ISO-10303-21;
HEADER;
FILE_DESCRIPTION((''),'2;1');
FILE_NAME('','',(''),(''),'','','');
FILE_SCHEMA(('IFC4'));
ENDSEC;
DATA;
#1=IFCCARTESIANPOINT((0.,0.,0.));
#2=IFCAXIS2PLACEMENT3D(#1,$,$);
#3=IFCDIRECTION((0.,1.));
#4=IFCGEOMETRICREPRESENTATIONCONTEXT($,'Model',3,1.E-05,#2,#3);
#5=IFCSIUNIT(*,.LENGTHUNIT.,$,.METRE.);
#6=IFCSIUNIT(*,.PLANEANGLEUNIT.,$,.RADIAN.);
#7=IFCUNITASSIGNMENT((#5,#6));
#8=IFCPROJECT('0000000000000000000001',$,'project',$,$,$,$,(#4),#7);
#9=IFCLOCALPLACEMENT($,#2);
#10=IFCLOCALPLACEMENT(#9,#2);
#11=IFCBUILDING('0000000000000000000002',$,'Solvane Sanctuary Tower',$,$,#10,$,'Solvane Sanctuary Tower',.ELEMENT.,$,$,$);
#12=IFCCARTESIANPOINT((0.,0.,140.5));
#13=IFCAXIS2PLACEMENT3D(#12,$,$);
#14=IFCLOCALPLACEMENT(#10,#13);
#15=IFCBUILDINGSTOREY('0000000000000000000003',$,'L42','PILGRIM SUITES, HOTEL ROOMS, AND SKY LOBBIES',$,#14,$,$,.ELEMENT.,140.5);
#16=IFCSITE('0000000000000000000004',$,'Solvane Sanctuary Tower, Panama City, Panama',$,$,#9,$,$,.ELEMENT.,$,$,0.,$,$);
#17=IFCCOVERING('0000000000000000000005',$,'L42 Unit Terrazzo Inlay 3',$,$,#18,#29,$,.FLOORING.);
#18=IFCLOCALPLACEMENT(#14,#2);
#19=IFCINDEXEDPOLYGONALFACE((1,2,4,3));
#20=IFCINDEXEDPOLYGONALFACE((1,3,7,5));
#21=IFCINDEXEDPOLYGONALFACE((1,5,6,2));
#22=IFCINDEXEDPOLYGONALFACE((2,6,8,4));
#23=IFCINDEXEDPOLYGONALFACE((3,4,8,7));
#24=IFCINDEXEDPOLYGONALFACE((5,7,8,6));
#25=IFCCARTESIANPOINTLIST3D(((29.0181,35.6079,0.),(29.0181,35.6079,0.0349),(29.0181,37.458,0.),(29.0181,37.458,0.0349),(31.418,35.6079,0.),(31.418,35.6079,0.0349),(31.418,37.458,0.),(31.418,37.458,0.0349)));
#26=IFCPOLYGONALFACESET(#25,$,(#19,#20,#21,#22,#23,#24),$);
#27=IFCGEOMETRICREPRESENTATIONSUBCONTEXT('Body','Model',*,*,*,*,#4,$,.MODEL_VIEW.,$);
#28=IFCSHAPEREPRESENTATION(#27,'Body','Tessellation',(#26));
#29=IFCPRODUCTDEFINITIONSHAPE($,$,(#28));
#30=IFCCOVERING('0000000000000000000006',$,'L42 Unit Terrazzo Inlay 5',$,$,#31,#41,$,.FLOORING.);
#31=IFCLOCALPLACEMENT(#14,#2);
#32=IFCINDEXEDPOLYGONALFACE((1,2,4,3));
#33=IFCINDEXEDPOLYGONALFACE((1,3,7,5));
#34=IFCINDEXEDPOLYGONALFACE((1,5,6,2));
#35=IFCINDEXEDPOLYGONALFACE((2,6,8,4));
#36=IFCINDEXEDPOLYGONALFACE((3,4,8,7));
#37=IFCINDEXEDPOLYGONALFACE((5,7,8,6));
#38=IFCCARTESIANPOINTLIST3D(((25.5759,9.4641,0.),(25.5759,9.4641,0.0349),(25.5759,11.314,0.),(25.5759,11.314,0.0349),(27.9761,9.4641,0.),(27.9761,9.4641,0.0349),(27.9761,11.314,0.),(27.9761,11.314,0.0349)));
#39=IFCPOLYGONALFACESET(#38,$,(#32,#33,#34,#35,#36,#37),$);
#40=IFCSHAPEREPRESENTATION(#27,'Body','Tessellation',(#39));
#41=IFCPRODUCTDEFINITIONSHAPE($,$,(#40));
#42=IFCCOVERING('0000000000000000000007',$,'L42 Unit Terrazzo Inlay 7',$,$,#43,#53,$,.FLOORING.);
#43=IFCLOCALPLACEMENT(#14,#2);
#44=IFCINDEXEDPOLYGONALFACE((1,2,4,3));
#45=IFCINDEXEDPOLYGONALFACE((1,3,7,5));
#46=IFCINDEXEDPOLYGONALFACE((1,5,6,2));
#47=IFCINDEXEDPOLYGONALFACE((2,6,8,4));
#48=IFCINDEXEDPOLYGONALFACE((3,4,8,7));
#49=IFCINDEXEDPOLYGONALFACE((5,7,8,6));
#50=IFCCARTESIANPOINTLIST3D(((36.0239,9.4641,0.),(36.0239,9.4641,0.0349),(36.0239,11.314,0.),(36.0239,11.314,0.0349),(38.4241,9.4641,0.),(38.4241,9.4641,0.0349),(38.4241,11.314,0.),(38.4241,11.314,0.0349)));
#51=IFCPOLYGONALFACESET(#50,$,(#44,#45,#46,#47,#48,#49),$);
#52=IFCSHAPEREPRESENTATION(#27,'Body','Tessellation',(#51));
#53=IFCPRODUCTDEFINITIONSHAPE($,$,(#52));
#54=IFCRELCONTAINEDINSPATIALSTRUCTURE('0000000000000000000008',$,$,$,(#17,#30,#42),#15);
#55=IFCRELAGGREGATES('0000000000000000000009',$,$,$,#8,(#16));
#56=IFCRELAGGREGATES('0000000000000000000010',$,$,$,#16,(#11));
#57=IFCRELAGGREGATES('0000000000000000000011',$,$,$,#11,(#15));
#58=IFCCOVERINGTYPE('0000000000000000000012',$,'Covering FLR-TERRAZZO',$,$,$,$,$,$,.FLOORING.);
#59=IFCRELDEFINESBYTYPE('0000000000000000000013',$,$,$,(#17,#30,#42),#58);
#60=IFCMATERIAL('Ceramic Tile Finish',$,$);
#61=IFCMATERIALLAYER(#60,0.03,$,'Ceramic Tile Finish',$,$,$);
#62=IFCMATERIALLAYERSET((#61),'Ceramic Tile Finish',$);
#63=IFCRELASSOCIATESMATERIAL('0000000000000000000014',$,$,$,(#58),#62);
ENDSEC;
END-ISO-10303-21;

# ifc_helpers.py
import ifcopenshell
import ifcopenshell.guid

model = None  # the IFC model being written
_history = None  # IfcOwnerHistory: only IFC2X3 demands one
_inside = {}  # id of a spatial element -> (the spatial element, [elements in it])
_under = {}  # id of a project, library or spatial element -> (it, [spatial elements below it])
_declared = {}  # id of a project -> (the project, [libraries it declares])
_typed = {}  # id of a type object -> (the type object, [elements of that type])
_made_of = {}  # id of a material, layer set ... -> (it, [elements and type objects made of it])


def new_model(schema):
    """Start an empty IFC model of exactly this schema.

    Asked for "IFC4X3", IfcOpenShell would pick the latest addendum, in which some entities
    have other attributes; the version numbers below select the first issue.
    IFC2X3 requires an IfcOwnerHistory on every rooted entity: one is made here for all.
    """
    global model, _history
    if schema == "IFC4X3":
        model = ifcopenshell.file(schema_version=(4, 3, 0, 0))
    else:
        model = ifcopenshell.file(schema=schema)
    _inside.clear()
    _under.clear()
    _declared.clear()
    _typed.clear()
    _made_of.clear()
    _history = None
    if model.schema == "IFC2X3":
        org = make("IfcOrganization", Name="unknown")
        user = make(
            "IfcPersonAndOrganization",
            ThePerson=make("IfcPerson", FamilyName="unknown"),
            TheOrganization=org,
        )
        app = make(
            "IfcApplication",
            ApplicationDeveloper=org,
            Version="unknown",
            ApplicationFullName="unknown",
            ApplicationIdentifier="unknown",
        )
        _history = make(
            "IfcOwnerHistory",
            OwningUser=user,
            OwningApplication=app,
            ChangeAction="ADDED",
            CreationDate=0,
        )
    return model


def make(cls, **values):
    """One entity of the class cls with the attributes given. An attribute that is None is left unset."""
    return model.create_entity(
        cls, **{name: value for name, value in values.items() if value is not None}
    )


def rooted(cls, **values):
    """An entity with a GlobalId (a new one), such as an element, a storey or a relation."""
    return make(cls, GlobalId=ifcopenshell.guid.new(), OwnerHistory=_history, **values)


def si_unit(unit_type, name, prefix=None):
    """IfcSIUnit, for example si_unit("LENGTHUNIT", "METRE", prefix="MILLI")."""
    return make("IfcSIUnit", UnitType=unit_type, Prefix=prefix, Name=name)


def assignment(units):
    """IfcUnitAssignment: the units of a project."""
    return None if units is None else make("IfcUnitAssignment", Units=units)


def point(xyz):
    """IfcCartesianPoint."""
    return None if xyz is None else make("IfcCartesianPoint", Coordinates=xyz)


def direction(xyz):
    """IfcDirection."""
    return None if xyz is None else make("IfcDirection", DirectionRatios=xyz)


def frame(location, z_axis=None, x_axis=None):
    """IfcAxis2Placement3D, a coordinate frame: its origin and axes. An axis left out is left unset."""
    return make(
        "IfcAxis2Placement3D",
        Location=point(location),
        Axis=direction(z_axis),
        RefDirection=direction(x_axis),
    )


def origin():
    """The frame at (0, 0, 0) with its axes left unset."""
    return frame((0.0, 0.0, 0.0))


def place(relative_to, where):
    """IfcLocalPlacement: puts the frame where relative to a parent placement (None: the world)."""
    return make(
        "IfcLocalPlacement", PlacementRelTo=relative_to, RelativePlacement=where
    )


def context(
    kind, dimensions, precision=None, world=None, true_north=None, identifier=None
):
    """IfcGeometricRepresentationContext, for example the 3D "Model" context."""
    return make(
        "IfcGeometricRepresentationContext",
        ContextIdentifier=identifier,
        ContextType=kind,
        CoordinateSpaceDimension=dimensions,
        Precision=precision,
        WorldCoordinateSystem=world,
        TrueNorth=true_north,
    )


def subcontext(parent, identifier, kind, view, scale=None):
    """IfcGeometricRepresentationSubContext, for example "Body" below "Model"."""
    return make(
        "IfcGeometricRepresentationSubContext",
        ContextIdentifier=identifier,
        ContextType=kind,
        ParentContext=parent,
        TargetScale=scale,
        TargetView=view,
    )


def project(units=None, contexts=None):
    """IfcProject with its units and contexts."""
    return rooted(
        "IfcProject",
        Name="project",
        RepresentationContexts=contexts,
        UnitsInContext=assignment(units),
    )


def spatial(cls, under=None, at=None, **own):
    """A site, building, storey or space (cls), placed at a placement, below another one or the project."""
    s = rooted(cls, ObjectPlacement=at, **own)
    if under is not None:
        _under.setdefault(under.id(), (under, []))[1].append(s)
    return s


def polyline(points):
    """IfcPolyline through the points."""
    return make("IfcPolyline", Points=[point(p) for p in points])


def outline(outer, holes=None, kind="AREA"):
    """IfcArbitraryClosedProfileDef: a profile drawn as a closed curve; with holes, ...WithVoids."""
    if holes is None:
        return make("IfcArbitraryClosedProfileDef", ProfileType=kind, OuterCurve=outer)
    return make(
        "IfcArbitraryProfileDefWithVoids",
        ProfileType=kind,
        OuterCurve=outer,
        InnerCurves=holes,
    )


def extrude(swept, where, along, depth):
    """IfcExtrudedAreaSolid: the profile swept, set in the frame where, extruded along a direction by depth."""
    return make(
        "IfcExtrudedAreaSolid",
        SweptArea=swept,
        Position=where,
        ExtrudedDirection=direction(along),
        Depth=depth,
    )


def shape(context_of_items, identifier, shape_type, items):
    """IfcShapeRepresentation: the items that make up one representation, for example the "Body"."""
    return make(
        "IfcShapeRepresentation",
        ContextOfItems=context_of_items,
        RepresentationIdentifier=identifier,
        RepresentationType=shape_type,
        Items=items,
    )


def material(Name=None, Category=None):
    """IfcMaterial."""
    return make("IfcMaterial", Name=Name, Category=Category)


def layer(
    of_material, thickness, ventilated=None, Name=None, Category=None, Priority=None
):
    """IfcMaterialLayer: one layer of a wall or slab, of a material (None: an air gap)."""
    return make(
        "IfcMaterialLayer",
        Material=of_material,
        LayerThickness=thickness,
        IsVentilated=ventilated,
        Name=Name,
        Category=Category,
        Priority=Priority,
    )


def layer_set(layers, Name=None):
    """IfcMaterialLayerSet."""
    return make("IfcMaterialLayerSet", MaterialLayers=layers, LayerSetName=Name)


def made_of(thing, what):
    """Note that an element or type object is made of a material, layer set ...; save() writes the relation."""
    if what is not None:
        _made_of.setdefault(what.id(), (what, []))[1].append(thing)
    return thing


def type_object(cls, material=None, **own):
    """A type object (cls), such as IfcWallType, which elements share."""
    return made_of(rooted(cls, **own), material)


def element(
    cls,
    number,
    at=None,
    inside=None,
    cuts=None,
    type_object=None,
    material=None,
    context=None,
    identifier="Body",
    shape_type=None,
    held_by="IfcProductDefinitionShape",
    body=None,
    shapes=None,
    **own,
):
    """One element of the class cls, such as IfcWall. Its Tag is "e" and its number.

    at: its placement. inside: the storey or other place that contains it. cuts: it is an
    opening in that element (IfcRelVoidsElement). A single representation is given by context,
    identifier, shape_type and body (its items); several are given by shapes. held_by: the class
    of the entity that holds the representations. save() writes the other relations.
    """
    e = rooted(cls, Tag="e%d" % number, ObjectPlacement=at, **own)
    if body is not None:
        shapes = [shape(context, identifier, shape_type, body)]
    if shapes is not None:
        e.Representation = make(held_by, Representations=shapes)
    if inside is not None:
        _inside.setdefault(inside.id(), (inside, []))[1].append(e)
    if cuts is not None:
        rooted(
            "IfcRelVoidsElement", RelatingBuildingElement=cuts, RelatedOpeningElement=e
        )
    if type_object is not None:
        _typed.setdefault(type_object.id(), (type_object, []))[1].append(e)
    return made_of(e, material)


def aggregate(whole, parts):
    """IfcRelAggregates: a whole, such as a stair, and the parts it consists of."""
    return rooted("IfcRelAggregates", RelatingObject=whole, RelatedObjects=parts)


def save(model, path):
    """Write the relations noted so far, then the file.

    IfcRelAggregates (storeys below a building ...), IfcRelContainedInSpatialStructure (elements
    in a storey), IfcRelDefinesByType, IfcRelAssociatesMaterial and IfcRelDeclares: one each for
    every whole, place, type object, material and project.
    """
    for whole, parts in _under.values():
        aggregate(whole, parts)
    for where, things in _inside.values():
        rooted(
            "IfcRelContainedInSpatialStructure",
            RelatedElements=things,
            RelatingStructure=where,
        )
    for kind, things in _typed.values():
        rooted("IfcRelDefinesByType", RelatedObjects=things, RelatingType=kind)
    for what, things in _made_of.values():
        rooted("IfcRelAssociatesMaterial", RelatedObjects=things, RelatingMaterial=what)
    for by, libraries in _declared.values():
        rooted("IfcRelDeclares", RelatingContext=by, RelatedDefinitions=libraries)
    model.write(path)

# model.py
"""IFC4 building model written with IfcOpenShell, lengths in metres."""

from ifc_helpers import new_model, si_unit, direction, frame, origin, place, context, subcontext, project, spatial, polyline, outline, extrude, material, layer, layer_set, type_object, element, save


model = new_model("IFC4")

# Units and contexts
model_context = context("Model", 3, precision=1e-05, world=origin(), true_north=direction((0.0, 1.0)))
body_context = subcontext(model_context, "Body", "Model", "MODEL_VIEW")
ifc_project = project(units=[si_unit("LENGTHUNIT", "METRE"), si_unit("PLANEANGLEUNIT", "RADIAN")], contexts=[model_context])

# Site, building, storey
site_placement = place(None, origin())
site = spatial("IfcSite", under=ifc_project, at=site_placement, Name="Solvane Sanctuary Tower, Panama City, Panama", CompositionType="ELEMENT", RefElevation=0.0)
building_placement = place(site_placement, origin())
building = spatial("IfcBuilding", under=site, at=building_placement, Name="Solvane Sanctuary Tower", LongName="Solvane Sanctuary Tower", CompositionType="ELEMENT")
storey_placement = place(building_placement, frame((0.0, 0.0, 140.5)))
storey = spatial("IfcBuildingStorey", under=building, at=storey_placement, Name="L42", Description="PILGRIM SUITES, HOTEL ROOMS, AND SKY LOBBIES", CompositionType="ELEMENT", Elevation=140.5)

# Coverings
ifc_material_1 = material(Name="Ceramic Tile Finish")
ifc_layer_1 = layer(ifc_material_1, 0.03, Name="Ceramic Tile Finish")
ifc_layer_set_1 = layer_set([ifc_layer_1], Name="Ceramic Tile Finish")
covering_type_1 = type_object("IfcCoveringType", Name="Covering FLR-TERRAZZO", PredefinedType="FLOORING", material=ifc_layer_set_1)
covering_1_placement = place(storey_placement, origin())
element("IfcCovering", 1, at=covering_1_placement, inside=storey, type_object=covering_type_1, Name="L42 Unit Terrazzo Inlay 3", PredefinedType="FLOORING", context=body_context, shape_type="SweptSolid", body=[
    extrude(outline(polyline([(29.0181, 35.6079), (31.418, 35.6079), (31.418, 37.458), (29.0181, 37.458), (29.0181, 35.6079)])), origin(), (0.0, 0.0, 1.0), 0.0349),
])
covering_2_placement = place(storey_placement, origin())
element("IfcCovering", 2, at=covering_2_placement, inside=storey, type_object=covering_type_1, Name="L42 Unit Terrazzo Inlay 5", PredefinedType="FLOORING", context=body_context, shape_type="SweptSolid", body=[
    extrude(outline(polyline([(25.5759, 9.4641), (27.9761, 9.4641), (27.9761, 11.314), (25.5759, 11.314), (25.5759, 9.4641)])), origin(), (0.0, 0.0, 1.0), 0.0349),
])
covering_3_placement = place(storey_placement, origin())
element("IfcCovering", 3, at=covering_3_placement, inside=storey, type_object=covering_type_1, Name="L42 Unit Terrazzo Inlay 7", PredefinedType="FLOORING", context=body_context, shape_type="SweptSolid", body=[
    extrude(outline(polyline([(36.0239, 9.4641), (38.4241, 9.4641), (38.4241, 11.314), (36.0239, 11.314), (36.0239, 9.4641)])), origin(), (0.0, 0.0, 1.0), 0.0349),
])

save(model, "model.ifc")
